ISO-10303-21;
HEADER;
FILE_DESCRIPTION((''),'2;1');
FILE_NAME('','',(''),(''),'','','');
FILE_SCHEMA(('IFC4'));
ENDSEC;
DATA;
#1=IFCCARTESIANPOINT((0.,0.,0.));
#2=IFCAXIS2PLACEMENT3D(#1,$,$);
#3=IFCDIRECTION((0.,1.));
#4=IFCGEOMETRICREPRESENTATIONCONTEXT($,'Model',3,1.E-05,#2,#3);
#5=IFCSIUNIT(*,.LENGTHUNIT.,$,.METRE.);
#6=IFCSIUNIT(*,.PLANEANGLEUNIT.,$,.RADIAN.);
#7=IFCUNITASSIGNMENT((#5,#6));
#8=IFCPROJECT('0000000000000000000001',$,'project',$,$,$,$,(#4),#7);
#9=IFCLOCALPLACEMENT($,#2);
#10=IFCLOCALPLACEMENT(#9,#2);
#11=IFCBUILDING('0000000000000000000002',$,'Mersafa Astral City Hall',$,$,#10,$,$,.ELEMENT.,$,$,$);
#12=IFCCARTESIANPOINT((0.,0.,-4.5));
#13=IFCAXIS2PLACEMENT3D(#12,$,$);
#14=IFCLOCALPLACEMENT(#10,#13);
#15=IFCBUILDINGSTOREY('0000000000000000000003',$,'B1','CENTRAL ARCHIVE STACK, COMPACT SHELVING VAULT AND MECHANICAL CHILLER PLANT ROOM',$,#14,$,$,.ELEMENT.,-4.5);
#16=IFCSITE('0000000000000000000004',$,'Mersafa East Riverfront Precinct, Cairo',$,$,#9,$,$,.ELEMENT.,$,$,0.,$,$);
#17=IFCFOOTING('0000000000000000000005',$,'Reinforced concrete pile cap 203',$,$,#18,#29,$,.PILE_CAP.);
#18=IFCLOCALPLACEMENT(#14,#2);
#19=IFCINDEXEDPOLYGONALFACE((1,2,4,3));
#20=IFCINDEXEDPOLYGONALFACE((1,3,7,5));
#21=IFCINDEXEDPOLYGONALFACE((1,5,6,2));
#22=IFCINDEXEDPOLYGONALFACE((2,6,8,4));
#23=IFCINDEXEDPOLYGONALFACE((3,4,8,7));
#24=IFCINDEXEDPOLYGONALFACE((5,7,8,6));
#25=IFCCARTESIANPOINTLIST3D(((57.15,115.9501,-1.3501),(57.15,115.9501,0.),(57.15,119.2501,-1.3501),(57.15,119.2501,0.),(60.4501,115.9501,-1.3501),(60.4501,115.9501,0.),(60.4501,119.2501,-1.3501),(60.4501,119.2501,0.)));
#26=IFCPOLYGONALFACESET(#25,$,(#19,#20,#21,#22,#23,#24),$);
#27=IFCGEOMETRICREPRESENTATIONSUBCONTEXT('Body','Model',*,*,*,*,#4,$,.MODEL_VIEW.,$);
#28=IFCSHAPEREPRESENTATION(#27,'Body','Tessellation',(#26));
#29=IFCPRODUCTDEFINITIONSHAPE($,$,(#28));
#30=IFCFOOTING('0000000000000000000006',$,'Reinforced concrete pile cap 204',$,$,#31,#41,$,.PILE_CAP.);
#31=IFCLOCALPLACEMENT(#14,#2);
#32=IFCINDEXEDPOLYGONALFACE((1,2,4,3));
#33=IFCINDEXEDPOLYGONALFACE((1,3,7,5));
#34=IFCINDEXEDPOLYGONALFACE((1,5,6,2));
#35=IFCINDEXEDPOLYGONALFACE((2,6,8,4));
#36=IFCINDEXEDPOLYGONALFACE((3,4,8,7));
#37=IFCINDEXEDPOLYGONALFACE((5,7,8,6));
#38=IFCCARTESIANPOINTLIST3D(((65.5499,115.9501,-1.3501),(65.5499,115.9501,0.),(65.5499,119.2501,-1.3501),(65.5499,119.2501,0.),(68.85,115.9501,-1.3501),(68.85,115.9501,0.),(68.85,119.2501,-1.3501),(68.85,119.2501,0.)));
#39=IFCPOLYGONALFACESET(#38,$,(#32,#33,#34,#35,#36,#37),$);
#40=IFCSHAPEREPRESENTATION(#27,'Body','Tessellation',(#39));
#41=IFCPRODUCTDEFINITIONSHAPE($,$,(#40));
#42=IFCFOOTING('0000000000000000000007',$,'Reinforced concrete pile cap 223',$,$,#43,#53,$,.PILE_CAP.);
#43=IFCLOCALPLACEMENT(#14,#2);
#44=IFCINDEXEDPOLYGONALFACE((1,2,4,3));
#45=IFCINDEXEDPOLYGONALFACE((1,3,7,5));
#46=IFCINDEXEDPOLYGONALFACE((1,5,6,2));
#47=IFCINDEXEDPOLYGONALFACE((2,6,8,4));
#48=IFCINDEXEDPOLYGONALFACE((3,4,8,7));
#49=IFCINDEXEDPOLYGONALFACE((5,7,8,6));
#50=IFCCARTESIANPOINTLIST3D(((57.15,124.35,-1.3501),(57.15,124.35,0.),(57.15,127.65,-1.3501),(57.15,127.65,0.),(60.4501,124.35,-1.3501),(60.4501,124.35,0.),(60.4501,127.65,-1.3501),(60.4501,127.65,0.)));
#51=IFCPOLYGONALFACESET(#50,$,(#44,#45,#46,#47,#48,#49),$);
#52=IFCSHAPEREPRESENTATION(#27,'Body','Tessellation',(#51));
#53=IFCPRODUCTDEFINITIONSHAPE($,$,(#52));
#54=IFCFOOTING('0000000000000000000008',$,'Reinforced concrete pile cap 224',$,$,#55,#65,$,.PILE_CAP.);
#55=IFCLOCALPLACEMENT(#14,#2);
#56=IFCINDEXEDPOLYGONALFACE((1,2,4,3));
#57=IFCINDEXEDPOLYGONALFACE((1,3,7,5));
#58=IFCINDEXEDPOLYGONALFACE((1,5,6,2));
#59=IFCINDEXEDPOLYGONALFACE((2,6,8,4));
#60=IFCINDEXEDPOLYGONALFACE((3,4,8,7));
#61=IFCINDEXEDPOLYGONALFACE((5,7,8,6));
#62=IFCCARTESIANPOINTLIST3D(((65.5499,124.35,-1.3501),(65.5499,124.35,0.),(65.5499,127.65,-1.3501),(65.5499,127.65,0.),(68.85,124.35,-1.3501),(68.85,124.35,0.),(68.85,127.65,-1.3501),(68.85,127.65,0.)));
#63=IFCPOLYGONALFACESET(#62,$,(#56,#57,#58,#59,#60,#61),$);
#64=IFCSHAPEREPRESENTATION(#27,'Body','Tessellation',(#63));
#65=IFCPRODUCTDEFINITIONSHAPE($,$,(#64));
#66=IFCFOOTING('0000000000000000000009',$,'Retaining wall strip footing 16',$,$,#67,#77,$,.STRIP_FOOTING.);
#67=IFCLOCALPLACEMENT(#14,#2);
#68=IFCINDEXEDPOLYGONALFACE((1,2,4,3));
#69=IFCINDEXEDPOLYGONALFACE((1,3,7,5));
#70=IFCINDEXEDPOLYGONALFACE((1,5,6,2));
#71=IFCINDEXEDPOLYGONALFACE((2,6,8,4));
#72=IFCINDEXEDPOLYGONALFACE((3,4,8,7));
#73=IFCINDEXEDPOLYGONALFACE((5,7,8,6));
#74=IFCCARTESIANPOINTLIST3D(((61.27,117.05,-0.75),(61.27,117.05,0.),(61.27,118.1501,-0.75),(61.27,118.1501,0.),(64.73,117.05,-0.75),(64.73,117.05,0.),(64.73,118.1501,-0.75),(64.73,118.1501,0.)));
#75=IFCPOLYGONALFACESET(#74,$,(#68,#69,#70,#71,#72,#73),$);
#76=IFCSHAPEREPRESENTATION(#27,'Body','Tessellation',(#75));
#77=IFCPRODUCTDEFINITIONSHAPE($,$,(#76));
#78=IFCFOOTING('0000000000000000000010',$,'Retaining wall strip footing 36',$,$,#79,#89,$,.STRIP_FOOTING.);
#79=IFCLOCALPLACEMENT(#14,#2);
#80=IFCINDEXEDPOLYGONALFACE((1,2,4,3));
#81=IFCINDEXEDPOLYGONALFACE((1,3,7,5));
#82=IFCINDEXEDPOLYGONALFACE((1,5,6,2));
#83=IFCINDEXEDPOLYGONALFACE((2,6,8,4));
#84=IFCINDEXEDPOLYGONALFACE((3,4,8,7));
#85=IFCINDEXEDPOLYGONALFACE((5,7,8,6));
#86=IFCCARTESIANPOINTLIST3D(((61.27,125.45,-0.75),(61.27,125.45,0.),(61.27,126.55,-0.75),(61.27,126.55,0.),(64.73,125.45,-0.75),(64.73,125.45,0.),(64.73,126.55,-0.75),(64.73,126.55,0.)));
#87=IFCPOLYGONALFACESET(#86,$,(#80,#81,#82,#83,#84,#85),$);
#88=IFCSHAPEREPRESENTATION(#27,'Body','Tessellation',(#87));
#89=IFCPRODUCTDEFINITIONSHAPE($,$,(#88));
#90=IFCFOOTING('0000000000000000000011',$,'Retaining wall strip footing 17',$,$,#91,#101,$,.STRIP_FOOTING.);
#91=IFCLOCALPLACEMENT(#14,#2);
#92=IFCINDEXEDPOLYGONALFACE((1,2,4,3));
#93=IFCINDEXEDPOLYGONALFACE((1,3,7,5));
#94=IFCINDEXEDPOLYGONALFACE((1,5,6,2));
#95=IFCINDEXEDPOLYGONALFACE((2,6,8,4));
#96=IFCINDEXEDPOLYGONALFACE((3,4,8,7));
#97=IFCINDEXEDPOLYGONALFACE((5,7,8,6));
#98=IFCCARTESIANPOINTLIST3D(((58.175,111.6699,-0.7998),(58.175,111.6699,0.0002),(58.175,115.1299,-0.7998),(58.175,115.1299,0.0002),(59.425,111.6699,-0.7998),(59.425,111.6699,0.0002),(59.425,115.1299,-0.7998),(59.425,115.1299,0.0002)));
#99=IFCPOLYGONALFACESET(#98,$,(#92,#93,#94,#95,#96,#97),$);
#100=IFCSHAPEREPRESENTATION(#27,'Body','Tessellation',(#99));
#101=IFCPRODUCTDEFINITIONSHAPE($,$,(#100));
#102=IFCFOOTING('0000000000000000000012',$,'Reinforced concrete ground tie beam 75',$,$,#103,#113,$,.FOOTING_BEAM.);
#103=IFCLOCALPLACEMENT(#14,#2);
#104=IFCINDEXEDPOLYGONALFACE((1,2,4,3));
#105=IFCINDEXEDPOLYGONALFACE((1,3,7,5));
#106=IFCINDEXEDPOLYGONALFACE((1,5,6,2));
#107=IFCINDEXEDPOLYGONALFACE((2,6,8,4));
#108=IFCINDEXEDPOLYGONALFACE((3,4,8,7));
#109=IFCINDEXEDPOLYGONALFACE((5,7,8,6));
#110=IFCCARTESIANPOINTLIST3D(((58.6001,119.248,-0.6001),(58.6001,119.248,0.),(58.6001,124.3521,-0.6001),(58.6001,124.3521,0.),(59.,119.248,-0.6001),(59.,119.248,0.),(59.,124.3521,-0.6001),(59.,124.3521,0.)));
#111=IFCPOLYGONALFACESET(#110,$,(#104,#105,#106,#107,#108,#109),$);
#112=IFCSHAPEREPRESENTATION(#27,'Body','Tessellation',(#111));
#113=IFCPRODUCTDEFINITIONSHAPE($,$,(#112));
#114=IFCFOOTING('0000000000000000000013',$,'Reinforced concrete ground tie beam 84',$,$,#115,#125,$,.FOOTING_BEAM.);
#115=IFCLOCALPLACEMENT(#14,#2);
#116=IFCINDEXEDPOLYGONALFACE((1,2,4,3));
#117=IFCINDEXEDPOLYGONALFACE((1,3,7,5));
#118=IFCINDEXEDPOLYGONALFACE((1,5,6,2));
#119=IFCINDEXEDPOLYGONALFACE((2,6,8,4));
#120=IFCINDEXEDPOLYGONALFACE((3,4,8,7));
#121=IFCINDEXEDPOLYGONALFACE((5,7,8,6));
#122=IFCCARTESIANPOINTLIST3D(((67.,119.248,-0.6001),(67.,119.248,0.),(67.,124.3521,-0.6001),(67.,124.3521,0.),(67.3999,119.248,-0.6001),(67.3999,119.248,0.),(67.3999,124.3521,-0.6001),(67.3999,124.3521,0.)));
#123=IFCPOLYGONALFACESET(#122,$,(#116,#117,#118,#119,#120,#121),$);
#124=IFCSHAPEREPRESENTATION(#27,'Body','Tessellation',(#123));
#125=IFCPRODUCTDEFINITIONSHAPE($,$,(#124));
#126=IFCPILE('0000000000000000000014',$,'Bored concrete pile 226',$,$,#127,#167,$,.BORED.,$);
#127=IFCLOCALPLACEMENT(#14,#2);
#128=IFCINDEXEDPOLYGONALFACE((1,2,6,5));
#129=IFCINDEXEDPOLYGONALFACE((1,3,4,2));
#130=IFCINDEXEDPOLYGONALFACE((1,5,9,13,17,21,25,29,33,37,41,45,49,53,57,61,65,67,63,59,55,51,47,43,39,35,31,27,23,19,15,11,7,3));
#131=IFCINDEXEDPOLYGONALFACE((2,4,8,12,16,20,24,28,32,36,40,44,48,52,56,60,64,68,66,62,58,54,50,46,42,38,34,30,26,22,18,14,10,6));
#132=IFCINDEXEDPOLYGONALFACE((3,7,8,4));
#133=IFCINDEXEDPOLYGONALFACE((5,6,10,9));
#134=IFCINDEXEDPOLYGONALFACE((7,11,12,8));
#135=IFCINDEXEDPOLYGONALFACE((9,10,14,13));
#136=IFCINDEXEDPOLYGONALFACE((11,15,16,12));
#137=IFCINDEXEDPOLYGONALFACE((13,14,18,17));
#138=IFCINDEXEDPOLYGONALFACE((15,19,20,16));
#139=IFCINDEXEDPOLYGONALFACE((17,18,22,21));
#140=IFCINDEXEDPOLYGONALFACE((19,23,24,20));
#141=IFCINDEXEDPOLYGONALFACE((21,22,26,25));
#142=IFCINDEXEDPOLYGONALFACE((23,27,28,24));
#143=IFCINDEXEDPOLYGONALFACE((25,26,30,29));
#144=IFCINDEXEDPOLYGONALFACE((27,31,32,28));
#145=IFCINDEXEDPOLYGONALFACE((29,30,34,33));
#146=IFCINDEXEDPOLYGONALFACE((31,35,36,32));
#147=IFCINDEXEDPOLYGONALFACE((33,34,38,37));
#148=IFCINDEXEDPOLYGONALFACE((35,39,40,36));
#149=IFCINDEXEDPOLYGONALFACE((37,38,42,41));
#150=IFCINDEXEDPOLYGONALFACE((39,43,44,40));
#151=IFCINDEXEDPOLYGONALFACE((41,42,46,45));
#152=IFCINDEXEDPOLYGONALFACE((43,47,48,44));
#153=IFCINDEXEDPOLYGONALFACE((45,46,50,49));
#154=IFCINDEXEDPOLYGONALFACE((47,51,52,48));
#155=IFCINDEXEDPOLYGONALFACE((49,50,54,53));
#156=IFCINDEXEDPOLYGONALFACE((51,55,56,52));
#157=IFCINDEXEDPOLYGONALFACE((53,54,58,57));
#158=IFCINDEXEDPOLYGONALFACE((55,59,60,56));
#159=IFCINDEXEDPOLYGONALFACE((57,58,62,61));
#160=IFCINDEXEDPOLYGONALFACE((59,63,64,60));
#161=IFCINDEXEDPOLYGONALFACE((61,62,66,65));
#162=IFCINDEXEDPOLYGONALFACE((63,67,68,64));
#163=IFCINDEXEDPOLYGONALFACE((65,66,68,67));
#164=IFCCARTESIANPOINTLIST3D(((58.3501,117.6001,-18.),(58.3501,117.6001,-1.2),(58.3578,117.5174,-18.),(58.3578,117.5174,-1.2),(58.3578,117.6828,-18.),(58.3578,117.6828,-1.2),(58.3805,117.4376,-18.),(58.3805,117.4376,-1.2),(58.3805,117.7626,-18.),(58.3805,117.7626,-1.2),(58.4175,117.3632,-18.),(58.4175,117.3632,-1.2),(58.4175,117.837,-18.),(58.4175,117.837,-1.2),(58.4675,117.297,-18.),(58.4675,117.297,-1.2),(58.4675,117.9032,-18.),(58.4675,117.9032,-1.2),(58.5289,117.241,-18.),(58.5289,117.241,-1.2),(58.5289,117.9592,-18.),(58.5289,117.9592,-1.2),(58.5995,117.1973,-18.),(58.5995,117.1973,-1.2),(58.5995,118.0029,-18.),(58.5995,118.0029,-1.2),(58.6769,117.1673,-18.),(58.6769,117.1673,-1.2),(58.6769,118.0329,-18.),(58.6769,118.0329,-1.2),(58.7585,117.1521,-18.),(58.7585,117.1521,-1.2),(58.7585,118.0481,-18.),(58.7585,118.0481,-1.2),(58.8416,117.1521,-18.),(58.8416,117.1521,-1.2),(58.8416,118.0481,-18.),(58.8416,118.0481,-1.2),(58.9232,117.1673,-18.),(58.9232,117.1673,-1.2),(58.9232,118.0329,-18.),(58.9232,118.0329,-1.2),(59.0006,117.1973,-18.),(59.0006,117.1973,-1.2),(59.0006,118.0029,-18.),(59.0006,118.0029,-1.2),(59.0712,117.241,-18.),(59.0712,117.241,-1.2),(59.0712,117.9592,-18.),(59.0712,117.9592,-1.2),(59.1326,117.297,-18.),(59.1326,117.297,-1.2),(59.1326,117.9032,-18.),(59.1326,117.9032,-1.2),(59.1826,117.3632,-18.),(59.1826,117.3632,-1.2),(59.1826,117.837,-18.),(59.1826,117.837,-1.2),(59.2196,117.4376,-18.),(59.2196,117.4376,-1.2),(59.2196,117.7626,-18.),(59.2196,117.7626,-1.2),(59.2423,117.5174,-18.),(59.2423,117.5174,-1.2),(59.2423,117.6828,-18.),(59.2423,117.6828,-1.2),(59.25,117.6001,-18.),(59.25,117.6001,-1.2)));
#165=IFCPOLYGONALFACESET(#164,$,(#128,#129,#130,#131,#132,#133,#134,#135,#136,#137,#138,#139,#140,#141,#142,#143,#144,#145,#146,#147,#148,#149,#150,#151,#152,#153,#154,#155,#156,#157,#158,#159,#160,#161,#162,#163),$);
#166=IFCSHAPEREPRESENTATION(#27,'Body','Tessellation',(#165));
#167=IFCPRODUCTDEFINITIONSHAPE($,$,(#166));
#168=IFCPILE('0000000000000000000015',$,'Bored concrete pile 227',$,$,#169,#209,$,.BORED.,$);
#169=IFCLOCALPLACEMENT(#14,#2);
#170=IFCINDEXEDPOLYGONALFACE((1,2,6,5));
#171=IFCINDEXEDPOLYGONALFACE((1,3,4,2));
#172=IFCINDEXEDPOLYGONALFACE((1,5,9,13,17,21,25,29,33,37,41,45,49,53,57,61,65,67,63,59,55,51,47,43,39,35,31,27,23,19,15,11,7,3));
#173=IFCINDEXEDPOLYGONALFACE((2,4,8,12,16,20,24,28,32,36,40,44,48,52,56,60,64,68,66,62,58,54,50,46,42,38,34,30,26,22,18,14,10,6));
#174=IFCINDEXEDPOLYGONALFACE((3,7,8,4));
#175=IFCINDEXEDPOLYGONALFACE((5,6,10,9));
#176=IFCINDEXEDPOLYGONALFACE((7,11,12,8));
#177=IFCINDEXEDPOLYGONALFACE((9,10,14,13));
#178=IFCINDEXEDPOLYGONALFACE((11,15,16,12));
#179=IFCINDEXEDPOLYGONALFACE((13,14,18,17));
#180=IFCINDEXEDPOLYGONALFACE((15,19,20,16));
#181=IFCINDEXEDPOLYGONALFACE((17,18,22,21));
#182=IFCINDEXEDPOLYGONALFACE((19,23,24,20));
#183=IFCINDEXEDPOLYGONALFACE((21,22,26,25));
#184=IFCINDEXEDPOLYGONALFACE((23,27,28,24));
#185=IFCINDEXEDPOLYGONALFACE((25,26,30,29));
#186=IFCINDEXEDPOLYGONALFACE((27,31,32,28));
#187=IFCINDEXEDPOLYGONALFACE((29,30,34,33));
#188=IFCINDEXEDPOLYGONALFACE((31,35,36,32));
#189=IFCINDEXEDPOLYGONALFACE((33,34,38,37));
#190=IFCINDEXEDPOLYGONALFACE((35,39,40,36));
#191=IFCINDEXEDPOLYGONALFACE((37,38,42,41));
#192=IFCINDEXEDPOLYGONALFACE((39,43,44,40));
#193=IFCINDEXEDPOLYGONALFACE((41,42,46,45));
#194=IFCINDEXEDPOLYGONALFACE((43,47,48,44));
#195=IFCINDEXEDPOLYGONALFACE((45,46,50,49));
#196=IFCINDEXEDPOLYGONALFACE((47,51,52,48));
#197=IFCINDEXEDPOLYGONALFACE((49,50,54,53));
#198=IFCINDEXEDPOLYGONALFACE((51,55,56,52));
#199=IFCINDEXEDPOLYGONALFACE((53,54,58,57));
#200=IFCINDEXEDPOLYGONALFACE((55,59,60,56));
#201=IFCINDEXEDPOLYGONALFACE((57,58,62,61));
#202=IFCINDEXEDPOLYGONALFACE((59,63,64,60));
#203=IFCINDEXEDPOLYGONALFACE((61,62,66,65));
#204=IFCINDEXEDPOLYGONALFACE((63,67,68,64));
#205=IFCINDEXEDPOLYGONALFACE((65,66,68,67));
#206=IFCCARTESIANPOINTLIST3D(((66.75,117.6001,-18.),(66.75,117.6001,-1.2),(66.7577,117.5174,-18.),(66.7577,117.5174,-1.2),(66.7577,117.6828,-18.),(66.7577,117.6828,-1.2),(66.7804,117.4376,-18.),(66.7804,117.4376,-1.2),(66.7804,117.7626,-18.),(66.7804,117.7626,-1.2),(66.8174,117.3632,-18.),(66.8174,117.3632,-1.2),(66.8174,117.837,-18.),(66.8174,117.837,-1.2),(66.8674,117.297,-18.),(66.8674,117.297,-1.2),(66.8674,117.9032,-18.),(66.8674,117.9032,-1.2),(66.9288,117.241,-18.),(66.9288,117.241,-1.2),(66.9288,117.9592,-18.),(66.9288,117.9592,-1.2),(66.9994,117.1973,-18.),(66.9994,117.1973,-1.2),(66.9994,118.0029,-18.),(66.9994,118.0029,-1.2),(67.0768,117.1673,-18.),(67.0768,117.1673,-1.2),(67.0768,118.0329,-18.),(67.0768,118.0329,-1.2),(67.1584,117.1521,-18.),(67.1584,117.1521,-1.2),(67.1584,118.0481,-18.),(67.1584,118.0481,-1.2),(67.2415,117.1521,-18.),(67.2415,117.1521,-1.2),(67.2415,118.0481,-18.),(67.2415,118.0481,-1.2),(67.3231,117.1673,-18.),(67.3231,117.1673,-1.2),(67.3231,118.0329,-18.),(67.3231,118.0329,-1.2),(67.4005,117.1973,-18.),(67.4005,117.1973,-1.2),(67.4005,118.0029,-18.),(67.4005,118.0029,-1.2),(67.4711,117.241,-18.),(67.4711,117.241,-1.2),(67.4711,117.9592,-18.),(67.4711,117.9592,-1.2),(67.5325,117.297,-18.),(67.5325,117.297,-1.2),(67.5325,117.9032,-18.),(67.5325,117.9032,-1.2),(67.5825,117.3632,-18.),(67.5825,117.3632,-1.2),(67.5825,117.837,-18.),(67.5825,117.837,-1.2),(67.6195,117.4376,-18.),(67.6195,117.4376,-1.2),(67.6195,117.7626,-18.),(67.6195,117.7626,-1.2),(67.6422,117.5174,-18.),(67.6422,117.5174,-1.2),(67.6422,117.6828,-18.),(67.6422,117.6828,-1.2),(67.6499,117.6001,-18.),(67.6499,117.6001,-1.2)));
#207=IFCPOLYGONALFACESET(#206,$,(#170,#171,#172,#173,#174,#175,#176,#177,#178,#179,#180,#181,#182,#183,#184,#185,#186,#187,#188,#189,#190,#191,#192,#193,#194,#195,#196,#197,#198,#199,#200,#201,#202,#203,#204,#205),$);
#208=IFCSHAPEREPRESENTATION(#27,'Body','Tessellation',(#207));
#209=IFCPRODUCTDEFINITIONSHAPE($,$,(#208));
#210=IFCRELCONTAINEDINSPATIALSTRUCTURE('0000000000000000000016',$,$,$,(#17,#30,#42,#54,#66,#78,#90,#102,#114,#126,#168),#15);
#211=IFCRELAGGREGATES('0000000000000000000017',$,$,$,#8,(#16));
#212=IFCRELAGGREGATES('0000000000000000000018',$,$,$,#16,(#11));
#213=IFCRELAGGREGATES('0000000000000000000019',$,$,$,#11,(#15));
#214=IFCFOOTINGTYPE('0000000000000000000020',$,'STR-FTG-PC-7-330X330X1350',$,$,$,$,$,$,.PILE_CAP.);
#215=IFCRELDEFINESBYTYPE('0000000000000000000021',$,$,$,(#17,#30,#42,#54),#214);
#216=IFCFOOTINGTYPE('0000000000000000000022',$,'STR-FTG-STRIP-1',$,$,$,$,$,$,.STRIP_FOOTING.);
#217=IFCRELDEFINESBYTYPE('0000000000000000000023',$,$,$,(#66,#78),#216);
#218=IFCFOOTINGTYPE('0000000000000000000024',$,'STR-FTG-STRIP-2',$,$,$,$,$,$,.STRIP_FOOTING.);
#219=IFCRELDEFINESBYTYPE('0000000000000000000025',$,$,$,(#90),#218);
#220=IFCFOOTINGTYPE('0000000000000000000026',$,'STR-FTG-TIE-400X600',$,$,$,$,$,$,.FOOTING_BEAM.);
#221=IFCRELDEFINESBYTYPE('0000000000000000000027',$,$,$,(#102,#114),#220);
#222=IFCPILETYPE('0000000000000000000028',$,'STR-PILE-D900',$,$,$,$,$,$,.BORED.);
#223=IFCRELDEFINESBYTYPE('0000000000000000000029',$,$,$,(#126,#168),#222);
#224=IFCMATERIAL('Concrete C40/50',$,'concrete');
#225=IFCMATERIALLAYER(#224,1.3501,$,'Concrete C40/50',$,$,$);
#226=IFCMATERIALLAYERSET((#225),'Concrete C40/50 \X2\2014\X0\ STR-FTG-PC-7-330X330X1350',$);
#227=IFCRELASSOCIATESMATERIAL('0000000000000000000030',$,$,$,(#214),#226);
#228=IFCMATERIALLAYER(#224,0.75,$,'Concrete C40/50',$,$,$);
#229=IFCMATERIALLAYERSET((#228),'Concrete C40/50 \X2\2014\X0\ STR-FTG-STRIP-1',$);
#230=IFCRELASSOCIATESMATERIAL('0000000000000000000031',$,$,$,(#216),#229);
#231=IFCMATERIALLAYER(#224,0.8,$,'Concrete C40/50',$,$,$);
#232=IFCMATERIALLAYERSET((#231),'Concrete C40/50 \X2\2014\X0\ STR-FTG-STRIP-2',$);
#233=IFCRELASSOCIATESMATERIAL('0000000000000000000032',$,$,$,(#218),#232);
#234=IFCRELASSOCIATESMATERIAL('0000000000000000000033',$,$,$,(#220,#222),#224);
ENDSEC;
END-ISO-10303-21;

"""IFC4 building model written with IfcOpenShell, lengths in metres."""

from ifc_helpers import new_model, si_unit, direction, frame, origin, origin_2d, place, context, subcontext, project, spatial, rectangle, circle, extrude, material, layer, layer_set, material_profile, profile_set, type_object, element, save


model = new_model("IFC4")

# Units and contexts
model_context = context("Model", 3, precision=1e-05, world=origin(), true_north=direction((0.0, 1.0)))
body_context = subcontext(model_context, "Body", "Model", "MODEL_VIEW")
ifc_project = project(units=[si_unit("LENGTHUNIT", "METRE"), si_unit("PLANEANGLEUNIT", "RADIAN")], contexts=[model_context])

# Site, building, storey
site_placement = place(None, origin())
site = spatial("IfcSite", under=ifc_project, at=site_placement, Name="Mersafa East Riverfront Precinct, Cairo", CompositionType="ELEMENT", RefElevation=0.0)
building_placement = place(site_placement, origin())
building = spatial("IfcBuilding", under=site, at=building_placement, Name="Mersafa Astral City Hall", CompositionType="ELEMENT")
storey_placement = place(building_placement, frame((0.0, 0.0, -4.5)))
storey = spatial("IfcBuildingStorey", under=building, at=storey_placement, Name="B1", Description="CENTRAL ARCHIVE STACK, COMPACT SHELVING VAULT AND MECHANICAL CHILLER PLANT ROOM", CompositionType="ELEMENT", Elevation=-4.5)

# Footings
ifc_material_1 = material(Name="Concrete C40/50", Category="concrete")
ifc_layer_1 = layer(ifc_material_1, 1.3501, Name="Concrete C40/50")
ifc_layer_set_1 = layer_set([ifc_layer_1], Name="Concrete C40/50 — STR-FTG-PC-7-330X330X1350")
footing_type_1 = type_object("IfcFootingType", Name="STR-FTG-PC-7-330X330X1350", PredefinedType="PILE_CAP", material=ifc_layer_set_1)
for number, where, z_axis, x_axis, name in (
    (1, (58.8, 117.6001, -1.3501), (0.0, 0.0, 1.0), (1.0, 0.0, 0.0), "Reinforced concrete pile cap 203"),
    (2, (67.2, 117.6001, -1.3501), (0.0, 0.0, 1.0), (1.0, 0.0, 0.0), "Reinforced concrete pile cap 204"),
    (3, (58.8, 126.0, -1.3501), (0.0, 0.0, 1.0), (1.0, 0.0, 0.0), "Reinforced concrete pile cap 223"),
    (4, (67.2, 126.0, -1.3501), (0.0, 0.0, 1.0), (1.0, 0.0, 0.0), "Reinforced concrete pile cap 224"),
):
    element("IfcFooting", number, at=place(storey_placement, frame(where, z_axis=z_axis, x_axis=x_axis)), inside=storey, type_object=footing_type_1, Name=name, PredefinedType="PILE_CAP", context=body_context, shape_type="SweptSolid", body=[
        extrude(rectangle(XDim=3.3, YDim=3.3, at=origin_2d()), origin(), (0.0, 0.0, 1.0), 1.3501),
    ])
ifc_layer_2 = layer(ifc_material_1, 0.75, Name="Concrete C40/50")
ifc_layer_set_2 = layer_set([ifc_layer_2], Name="Concrete C40/50 — STR-FTG-STRIP-1")
footing_type_2 = type_object("IfcFootingType", Name="STR-FTG-STRIP-1", PredefinedType="STRIP_FOOTING", material=ifc_layer_set_2)
for number, where, z_axis, x_axis, name in (
    (5, (63.0, 117.6001, -0.75), (0.0, 0.0, 1.0), (-1.0, 0.0, 0.0), "Retaining wall strip footing 16"),
    (6, (63.0, 126.0, -0.75), (0.0, 0.0, 1.0), (1.0, 0.0, 0.0), "Retaining wall strip footing 36"),
):
    element("IfcFooting", number, at=place(storey_placement, frame(where, z_axis=z_axis, x_axis=x_axis)), inside=storey, type_object=footing_type_2, Name=name, PredefinedType="STRIP_FOOTING", context=body_context, shape_type="SweptSolid", body=[
        extrude(rectangle(XDim=3.46, YDim=1.1001, at=origin_2d()), origin(), (0.0, 0.0, 1.0), 0.75),
    ])
ifc_layer_3 = layer(ifc_material_1, 0.8, Name="Concrete C40/50")
ifc_layer_set_3 = layer_set([ifc_layer_3], Name="Concrete C40/50 — STR-FTG-STRIP-2")
footing_type_3 = type_object("IfcFootingType", Name="STR-FTG-STRIP-2", PredefinedType="STRIP_FOOTING", material=ifc_layer_set_3)
footing_placement = place(storey_placement, frame((58.8, 113.3999, -0.7998), z_axis=(0.0, 0.0, 1.0), x_axis=(0.0, -1.0, 0.0)))
element("IfcFooting", 7, at=footing_placement, inside=storey, type_object=footing_type_3, Name="Retaining wall strip footing 17", PredefinedType="STRIP_FOOTING", context=body_context, shape_type="SweptSolid", body=[
    extrude(rectangle(XDim=3.46, YDim=1.25, at=origin_2d()), origin(), (0.0, 0.0, 1.0), 0.8),
])
ifc_material_profile_1 = material_profile(ifc_material_1, rectangle(XDim=0.3999, YDim=0.6001, at=origin_2d()), Name="RC 400x600")
ifc_profile_set_1 = profile_set([ifc_material_profile_1], Name="Concrete C40/50")
footing_type_4 = type_object("IfcFootingType", Name="STR-FTG-TIE-400X600", PredefinedType="FOOTING_BEAM", material=ifc_profile_set_1)
for number, where, z_axis, x_axis, name in (
    (8, (58.8, 119.248, -0.3), (0.0, 1.0, 0.0), (-1.0, 0.0, 0.0), "Reinforced concrete ground tie beam 75"),
    (9, (67.2, 119.248, -0.3), (0.0, 1.0, 0.0), (-1.0, 0.0, 0.0), "Reinforced concrete ground tie beam 84"),
):
    element("IfcFooting", number, at=place(storey_placement, frame(where, z_axis=z_axis, x_axis=x_axis)), inside=storey, type_object=footing_type_4, Name=name, PredefinedType="FOOTING_BEAM", context=body_context, shape_type="SweptSolid", body=[
        extrude(rectangle(XDim=0.3999, YDim=0.6001, at=origin_2d()), origin(), (0.0, 0.0, 1.0), 5.104),
    ])

# Piles
ifc_material_profile_2 = material_profile(ifc_material_1, circle(Radius=0.45, at=origin_2d()), Name="PILE D900")
ifc_profile_set_2 = profile_set([ifc_material_profile_2], Name="Concrete C40/50")
pile_type = type_object("IfcPileType", Name="STR-PILE-D900", PredefinedType="BORED", material=ifc_profile_set_2)
for number, where, z_axis, x_axis, name in (
    (10, (58.8, 117.6001, -1.2), (0.0, 0.0, -1.0), (1.0, 0.0, 0.0), "Bored concrete pile 226"),
    (11, (67.2, 117.6001, -1.2), (0.0, 0.0, -1.0), (1.0, 0.0, 0.0), "Bored concrete pile 227"),
):
    element("IfcPile", number, at=place(storey_placement, frame(where, z_axis=z_axis, x_axis=x_axis)), inside=storey, type_object=pile_type, Name=name, PredefinedType="BORED", context=body_context, shape_type="SweptSolid", body=[
        extrude(circle(Radius=0.45, at=origin_2d()), origin(), (0.0, 0.0, 1.0), 16.8),
    ])

save(model, "model.ifc")
